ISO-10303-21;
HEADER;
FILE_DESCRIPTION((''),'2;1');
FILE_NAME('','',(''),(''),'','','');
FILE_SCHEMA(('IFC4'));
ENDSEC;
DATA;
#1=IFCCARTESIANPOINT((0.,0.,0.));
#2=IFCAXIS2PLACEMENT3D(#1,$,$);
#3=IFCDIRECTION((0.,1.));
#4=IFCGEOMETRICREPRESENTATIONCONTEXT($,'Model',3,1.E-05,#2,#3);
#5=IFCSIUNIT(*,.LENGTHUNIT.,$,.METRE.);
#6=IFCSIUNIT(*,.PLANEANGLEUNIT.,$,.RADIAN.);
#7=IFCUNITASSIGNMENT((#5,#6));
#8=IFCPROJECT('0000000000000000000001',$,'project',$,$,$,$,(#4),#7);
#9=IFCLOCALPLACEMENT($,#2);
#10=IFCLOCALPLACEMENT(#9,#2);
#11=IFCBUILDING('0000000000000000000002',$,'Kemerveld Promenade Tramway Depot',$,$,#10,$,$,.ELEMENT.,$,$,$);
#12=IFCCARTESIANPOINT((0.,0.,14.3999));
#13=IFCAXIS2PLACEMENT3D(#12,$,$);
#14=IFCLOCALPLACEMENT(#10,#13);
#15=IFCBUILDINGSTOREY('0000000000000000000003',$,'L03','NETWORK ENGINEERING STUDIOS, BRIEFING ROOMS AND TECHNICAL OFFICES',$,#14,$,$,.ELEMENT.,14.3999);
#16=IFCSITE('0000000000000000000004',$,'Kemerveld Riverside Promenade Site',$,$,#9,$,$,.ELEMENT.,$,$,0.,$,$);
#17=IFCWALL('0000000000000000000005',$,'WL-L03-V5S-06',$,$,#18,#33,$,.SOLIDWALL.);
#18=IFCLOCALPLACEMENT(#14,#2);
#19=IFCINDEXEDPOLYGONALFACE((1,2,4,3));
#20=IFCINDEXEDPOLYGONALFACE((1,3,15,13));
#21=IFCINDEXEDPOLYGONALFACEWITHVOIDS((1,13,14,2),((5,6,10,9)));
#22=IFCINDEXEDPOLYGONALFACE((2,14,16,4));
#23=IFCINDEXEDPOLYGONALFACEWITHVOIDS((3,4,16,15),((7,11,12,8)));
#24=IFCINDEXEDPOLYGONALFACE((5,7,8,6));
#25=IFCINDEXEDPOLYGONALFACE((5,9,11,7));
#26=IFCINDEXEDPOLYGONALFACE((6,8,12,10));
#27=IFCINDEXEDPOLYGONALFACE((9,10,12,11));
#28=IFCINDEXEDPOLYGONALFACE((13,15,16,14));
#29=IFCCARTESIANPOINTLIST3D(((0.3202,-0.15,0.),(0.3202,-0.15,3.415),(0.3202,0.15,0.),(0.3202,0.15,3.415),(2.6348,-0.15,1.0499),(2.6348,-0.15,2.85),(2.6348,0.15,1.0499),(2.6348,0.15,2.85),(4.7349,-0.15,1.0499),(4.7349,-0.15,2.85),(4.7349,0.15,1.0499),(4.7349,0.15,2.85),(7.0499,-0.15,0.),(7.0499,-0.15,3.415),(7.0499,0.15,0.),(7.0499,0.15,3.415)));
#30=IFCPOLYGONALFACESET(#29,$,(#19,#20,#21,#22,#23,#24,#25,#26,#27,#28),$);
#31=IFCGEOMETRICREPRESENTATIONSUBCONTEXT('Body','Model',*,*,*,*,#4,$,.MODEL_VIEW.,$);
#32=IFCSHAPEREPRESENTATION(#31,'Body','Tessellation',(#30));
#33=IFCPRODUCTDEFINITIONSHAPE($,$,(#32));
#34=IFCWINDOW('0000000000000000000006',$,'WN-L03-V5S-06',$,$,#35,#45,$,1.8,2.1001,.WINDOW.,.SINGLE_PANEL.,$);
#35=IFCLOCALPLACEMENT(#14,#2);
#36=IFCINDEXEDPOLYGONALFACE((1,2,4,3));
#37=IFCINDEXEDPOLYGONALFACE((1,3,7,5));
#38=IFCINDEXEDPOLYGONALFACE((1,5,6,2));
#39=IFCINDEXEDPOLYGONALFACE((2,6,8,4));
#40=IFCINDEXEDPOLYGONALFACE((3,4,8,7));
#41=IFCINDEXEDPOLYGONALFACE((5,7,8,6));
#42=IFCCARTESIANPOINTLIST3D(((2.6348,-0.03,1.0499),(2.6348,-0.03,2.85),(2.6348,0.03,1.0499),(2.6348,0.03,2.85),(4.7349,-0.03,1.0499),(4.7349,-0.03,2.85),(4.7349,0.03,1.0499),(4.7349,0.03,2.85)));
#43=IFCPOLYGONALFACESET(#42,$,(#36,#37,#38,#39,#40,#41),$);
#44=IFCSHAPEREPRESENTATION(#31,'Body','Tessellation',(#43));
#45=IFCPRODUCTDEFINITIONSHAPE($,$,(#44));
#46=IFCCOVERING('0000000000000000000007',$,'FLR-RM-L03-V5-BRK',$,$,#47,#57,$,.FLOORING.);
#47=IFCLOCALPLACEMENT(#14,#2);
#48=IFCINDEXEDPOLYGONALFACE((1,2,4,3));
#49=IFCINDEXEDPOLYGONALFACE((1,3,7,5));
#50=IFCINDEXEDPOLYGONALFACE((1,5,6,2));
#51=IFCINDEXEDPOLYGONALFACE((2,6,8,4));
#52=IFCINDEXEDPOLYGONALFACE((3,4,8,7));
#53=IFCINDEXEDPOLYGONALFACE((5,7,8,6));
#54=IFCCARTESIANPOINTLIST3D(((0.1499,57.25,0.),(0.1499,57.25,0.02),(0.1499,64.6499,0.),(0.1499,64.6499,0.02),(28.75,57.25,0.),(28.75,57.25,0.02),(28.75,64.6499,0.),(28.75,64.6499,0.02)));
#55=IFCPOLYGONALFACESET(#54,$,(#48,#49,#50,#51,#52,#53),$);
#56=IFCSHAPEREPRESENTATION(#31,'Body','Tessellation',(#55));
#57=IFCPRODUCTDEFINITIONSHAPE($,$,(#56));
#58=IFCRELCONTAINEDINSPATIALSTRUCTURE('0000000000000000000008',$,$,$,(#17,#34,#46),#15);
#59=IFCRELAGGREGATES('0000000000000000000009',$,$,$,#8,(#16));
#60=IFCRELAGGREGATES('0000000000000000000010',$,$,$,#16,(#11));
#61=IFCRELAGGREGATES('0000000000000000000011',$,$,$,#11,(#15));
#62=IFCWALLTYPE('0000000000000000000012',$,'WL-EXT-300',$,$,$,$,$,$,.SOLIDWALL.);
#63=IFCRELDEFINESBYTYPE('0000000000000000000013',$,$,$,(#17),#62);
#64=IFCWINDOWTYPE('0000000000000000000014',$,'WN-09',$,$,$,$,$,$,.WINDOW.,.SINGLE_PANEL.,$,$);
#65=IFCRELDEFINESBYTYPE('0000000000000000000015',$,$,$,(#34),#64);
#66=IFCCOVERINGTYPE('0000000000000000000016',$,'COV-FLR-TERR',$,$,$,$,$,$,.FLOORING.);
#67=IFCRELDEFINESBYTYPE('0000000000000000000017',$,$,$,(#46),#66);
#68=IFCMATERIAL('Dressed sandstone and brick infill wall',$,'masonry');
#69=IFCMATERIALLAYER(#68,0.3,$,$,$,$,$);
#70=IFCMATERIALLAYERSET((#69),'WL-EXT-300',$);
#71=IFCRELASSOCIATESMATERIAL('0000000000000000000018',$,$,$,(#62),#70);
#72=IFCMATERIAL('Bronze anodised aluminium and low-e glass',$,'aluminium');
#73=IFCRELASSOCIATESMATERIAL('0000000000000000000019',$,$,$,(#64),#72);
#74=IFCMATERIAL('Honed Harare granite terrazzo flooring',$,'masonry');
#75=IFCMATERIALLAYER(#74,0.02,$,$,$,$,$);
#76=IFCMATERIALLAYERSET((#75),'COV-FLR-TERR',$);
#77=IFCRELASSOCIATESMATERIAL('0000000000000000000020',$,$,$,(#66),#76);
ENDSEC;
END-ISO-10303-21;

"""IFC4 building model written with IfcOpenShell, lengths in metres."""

from ifc_helpers import new_model, si_unit, direction, frame, frame_2d, origin, place, context, subcontext, project, spatial, polyline, rectangle, outline, extrude, material, layer, layer_set, type_object, element, fill, save


model = new_model("IFC4")

# Units and contexts
model_context = context("Model", 3, precision=1e-05, world=origin(), true_north=direction((0.0, 1.0)))
body_context = subcontext(model_context, "Body", "Model", "MODEL_VIEW")
ifc_project = project(units=[si_unit("LENGTHUNIT", "METRE"), si_unit("PLANEANGLEUNIT", "RADIAN")], contexts=[model_context])

# Site, building, storey
site_placement = place(None, origin())
site = spatial("IfcSite", under=ifc_project, at=site_placement, Name="Kemerveld Riverside Promenade Site", CompositionType="ELEMENT", RefElevation=0.0)
building_placement = place(site_placement, origin())
building = spatial("IfcBuilding", under=site, at=building_placement, Name="Kemerveld Promenade Tramway Depot", CompositionType="ELEMENT")
storey_placement = place(building_placement, frame((0.0, 0.0, 14.3999)))
storey = spatial("IfcBuildingStorey", under=building, at=storey_placement, Name="L03", Description="NETWORK ENGINEERING STUDIOS, BRIEFING ROOMS AND TECHNICAL OFFICES", CompositionType="ELEMENT", Elevation=14.3999)

# Wall, opening, window
ifc_material_1 = material(Name="Dressed sandstone and brick infill wall", Category="masonry")
ifc_layer_1 = layer(ifc_material_1, 0.3)
ifc_layer_set_1 = layer_set([ifc_layer_1], Name="WL-EXT-300")
wall_type = type_object("IfcWallType", Name="WL-EXT-300", PredefinedType="SOLIDWALL", material=ifc_layer_set_1)
wall_placement = place(storey_placement, frame((7.0498, 0.0, 0.0), z_axis=(0.0, 0.0, 1.0), x_axis=(-1.0, 0.0, 0.0)))
wall = element("IfcWall", 1, at=wall_placement, inside=storey, type_object=wall_type, Name="WL-L03-V5S-06", PredefinedType="SOLIDWALL", context=body_context, shape_type="SweptSolid", body=[
    extrude(rectangle(XDim=6.7297, YDim=0.3, at=frame_2d((3.3647, 0.0))), origin(), (0.0, 0.0, 1.0), 3.415),
])
opening_placement = place(wall_placement, frame((2.3149, 0.0, 1.05)))
opening = element("IfcOpeningElement", 2, at=opening_placement, cuts=wall, PredefinedType="OPENING", context=body_context, shape_type="SweptSolid", body=[
    extrude(rectangle(XDim=2.1001, YDim=1.8, at=frame_2d((1.05, 0.8999))), frame((0.0, 0.1599, 0.0), z_axis=(0.0, -1.0, 0.0), x_axis=(1.0, 0.0, 0.0)), (0.0, 0.0, 1.0), 0.3201),
])
ifc_material_2 = material(Name="Bronze anodised aluminium and low-e glass", Category="aluminium")
window_type = type_object("IfcWindowType", Name="WN-09", PartitioningType="SINGLE_PANEL", PredefinedType="WINDOW", material=ifc_material_2)
window_placement = place(opening_placement, origin())
window = element("IfcWindow", 3, at=window_placement, inside=storey, type_object=window_type, Name="WN-L03-V5S-06", OverallHeight=1.8, OverallWidth=2.1001, PartitioningType="SINGLE_PANEL", PredefinedType="WINDOW", context=body_context, shape_type="SweptSolid", body=[
    extrude(rectangle(XDim=2.1001, YDim=1.8, at=frame_2d((1.05, 0.8999))), frame((0.0, 0.03, 0.0), z_axis=(0.0, -1.0, 0.0), x_axis=(1.0, 0.0, 0.0)), (0.0, 0.0, 1.0), 0.0601),
])
fill(opening, window)

# Covering
ifc_material_3 = material(Name="Honed Harare granite terrazzo flooring", Category="masonry")
ifc_layer_2 = layer(ifc_material_3, 0.02)
ifc_layer_set_2 = layer_set([ifc_layer_2], Name="COV-FLR-TERR")
covering_type = type_object("IfcCoveringType", Name="COV-FLR-TERR", PredefinedType="FLOORING", material=ifc_layer_set_2)
covering_placement = place(storey_placement, origin())
element("IfcCovering", 4, at=covering_placement, inside=storey, type_object=covering_type, Name="FLR-RM-L03-V5-BRK", PredefinedType="FLOORING", context=body_context, shape_type="SweptSolid", body=[
    extrude(outline(polyline([(0.1499, 57.25), (28.75, 57.25), (28.75, 64.6499), (0.1499, 64.6499), (0.1499, 57.25)])), origin(), (0.0, 0.0, 1.0), 0.02),
])

save(model, "model.ifc")
